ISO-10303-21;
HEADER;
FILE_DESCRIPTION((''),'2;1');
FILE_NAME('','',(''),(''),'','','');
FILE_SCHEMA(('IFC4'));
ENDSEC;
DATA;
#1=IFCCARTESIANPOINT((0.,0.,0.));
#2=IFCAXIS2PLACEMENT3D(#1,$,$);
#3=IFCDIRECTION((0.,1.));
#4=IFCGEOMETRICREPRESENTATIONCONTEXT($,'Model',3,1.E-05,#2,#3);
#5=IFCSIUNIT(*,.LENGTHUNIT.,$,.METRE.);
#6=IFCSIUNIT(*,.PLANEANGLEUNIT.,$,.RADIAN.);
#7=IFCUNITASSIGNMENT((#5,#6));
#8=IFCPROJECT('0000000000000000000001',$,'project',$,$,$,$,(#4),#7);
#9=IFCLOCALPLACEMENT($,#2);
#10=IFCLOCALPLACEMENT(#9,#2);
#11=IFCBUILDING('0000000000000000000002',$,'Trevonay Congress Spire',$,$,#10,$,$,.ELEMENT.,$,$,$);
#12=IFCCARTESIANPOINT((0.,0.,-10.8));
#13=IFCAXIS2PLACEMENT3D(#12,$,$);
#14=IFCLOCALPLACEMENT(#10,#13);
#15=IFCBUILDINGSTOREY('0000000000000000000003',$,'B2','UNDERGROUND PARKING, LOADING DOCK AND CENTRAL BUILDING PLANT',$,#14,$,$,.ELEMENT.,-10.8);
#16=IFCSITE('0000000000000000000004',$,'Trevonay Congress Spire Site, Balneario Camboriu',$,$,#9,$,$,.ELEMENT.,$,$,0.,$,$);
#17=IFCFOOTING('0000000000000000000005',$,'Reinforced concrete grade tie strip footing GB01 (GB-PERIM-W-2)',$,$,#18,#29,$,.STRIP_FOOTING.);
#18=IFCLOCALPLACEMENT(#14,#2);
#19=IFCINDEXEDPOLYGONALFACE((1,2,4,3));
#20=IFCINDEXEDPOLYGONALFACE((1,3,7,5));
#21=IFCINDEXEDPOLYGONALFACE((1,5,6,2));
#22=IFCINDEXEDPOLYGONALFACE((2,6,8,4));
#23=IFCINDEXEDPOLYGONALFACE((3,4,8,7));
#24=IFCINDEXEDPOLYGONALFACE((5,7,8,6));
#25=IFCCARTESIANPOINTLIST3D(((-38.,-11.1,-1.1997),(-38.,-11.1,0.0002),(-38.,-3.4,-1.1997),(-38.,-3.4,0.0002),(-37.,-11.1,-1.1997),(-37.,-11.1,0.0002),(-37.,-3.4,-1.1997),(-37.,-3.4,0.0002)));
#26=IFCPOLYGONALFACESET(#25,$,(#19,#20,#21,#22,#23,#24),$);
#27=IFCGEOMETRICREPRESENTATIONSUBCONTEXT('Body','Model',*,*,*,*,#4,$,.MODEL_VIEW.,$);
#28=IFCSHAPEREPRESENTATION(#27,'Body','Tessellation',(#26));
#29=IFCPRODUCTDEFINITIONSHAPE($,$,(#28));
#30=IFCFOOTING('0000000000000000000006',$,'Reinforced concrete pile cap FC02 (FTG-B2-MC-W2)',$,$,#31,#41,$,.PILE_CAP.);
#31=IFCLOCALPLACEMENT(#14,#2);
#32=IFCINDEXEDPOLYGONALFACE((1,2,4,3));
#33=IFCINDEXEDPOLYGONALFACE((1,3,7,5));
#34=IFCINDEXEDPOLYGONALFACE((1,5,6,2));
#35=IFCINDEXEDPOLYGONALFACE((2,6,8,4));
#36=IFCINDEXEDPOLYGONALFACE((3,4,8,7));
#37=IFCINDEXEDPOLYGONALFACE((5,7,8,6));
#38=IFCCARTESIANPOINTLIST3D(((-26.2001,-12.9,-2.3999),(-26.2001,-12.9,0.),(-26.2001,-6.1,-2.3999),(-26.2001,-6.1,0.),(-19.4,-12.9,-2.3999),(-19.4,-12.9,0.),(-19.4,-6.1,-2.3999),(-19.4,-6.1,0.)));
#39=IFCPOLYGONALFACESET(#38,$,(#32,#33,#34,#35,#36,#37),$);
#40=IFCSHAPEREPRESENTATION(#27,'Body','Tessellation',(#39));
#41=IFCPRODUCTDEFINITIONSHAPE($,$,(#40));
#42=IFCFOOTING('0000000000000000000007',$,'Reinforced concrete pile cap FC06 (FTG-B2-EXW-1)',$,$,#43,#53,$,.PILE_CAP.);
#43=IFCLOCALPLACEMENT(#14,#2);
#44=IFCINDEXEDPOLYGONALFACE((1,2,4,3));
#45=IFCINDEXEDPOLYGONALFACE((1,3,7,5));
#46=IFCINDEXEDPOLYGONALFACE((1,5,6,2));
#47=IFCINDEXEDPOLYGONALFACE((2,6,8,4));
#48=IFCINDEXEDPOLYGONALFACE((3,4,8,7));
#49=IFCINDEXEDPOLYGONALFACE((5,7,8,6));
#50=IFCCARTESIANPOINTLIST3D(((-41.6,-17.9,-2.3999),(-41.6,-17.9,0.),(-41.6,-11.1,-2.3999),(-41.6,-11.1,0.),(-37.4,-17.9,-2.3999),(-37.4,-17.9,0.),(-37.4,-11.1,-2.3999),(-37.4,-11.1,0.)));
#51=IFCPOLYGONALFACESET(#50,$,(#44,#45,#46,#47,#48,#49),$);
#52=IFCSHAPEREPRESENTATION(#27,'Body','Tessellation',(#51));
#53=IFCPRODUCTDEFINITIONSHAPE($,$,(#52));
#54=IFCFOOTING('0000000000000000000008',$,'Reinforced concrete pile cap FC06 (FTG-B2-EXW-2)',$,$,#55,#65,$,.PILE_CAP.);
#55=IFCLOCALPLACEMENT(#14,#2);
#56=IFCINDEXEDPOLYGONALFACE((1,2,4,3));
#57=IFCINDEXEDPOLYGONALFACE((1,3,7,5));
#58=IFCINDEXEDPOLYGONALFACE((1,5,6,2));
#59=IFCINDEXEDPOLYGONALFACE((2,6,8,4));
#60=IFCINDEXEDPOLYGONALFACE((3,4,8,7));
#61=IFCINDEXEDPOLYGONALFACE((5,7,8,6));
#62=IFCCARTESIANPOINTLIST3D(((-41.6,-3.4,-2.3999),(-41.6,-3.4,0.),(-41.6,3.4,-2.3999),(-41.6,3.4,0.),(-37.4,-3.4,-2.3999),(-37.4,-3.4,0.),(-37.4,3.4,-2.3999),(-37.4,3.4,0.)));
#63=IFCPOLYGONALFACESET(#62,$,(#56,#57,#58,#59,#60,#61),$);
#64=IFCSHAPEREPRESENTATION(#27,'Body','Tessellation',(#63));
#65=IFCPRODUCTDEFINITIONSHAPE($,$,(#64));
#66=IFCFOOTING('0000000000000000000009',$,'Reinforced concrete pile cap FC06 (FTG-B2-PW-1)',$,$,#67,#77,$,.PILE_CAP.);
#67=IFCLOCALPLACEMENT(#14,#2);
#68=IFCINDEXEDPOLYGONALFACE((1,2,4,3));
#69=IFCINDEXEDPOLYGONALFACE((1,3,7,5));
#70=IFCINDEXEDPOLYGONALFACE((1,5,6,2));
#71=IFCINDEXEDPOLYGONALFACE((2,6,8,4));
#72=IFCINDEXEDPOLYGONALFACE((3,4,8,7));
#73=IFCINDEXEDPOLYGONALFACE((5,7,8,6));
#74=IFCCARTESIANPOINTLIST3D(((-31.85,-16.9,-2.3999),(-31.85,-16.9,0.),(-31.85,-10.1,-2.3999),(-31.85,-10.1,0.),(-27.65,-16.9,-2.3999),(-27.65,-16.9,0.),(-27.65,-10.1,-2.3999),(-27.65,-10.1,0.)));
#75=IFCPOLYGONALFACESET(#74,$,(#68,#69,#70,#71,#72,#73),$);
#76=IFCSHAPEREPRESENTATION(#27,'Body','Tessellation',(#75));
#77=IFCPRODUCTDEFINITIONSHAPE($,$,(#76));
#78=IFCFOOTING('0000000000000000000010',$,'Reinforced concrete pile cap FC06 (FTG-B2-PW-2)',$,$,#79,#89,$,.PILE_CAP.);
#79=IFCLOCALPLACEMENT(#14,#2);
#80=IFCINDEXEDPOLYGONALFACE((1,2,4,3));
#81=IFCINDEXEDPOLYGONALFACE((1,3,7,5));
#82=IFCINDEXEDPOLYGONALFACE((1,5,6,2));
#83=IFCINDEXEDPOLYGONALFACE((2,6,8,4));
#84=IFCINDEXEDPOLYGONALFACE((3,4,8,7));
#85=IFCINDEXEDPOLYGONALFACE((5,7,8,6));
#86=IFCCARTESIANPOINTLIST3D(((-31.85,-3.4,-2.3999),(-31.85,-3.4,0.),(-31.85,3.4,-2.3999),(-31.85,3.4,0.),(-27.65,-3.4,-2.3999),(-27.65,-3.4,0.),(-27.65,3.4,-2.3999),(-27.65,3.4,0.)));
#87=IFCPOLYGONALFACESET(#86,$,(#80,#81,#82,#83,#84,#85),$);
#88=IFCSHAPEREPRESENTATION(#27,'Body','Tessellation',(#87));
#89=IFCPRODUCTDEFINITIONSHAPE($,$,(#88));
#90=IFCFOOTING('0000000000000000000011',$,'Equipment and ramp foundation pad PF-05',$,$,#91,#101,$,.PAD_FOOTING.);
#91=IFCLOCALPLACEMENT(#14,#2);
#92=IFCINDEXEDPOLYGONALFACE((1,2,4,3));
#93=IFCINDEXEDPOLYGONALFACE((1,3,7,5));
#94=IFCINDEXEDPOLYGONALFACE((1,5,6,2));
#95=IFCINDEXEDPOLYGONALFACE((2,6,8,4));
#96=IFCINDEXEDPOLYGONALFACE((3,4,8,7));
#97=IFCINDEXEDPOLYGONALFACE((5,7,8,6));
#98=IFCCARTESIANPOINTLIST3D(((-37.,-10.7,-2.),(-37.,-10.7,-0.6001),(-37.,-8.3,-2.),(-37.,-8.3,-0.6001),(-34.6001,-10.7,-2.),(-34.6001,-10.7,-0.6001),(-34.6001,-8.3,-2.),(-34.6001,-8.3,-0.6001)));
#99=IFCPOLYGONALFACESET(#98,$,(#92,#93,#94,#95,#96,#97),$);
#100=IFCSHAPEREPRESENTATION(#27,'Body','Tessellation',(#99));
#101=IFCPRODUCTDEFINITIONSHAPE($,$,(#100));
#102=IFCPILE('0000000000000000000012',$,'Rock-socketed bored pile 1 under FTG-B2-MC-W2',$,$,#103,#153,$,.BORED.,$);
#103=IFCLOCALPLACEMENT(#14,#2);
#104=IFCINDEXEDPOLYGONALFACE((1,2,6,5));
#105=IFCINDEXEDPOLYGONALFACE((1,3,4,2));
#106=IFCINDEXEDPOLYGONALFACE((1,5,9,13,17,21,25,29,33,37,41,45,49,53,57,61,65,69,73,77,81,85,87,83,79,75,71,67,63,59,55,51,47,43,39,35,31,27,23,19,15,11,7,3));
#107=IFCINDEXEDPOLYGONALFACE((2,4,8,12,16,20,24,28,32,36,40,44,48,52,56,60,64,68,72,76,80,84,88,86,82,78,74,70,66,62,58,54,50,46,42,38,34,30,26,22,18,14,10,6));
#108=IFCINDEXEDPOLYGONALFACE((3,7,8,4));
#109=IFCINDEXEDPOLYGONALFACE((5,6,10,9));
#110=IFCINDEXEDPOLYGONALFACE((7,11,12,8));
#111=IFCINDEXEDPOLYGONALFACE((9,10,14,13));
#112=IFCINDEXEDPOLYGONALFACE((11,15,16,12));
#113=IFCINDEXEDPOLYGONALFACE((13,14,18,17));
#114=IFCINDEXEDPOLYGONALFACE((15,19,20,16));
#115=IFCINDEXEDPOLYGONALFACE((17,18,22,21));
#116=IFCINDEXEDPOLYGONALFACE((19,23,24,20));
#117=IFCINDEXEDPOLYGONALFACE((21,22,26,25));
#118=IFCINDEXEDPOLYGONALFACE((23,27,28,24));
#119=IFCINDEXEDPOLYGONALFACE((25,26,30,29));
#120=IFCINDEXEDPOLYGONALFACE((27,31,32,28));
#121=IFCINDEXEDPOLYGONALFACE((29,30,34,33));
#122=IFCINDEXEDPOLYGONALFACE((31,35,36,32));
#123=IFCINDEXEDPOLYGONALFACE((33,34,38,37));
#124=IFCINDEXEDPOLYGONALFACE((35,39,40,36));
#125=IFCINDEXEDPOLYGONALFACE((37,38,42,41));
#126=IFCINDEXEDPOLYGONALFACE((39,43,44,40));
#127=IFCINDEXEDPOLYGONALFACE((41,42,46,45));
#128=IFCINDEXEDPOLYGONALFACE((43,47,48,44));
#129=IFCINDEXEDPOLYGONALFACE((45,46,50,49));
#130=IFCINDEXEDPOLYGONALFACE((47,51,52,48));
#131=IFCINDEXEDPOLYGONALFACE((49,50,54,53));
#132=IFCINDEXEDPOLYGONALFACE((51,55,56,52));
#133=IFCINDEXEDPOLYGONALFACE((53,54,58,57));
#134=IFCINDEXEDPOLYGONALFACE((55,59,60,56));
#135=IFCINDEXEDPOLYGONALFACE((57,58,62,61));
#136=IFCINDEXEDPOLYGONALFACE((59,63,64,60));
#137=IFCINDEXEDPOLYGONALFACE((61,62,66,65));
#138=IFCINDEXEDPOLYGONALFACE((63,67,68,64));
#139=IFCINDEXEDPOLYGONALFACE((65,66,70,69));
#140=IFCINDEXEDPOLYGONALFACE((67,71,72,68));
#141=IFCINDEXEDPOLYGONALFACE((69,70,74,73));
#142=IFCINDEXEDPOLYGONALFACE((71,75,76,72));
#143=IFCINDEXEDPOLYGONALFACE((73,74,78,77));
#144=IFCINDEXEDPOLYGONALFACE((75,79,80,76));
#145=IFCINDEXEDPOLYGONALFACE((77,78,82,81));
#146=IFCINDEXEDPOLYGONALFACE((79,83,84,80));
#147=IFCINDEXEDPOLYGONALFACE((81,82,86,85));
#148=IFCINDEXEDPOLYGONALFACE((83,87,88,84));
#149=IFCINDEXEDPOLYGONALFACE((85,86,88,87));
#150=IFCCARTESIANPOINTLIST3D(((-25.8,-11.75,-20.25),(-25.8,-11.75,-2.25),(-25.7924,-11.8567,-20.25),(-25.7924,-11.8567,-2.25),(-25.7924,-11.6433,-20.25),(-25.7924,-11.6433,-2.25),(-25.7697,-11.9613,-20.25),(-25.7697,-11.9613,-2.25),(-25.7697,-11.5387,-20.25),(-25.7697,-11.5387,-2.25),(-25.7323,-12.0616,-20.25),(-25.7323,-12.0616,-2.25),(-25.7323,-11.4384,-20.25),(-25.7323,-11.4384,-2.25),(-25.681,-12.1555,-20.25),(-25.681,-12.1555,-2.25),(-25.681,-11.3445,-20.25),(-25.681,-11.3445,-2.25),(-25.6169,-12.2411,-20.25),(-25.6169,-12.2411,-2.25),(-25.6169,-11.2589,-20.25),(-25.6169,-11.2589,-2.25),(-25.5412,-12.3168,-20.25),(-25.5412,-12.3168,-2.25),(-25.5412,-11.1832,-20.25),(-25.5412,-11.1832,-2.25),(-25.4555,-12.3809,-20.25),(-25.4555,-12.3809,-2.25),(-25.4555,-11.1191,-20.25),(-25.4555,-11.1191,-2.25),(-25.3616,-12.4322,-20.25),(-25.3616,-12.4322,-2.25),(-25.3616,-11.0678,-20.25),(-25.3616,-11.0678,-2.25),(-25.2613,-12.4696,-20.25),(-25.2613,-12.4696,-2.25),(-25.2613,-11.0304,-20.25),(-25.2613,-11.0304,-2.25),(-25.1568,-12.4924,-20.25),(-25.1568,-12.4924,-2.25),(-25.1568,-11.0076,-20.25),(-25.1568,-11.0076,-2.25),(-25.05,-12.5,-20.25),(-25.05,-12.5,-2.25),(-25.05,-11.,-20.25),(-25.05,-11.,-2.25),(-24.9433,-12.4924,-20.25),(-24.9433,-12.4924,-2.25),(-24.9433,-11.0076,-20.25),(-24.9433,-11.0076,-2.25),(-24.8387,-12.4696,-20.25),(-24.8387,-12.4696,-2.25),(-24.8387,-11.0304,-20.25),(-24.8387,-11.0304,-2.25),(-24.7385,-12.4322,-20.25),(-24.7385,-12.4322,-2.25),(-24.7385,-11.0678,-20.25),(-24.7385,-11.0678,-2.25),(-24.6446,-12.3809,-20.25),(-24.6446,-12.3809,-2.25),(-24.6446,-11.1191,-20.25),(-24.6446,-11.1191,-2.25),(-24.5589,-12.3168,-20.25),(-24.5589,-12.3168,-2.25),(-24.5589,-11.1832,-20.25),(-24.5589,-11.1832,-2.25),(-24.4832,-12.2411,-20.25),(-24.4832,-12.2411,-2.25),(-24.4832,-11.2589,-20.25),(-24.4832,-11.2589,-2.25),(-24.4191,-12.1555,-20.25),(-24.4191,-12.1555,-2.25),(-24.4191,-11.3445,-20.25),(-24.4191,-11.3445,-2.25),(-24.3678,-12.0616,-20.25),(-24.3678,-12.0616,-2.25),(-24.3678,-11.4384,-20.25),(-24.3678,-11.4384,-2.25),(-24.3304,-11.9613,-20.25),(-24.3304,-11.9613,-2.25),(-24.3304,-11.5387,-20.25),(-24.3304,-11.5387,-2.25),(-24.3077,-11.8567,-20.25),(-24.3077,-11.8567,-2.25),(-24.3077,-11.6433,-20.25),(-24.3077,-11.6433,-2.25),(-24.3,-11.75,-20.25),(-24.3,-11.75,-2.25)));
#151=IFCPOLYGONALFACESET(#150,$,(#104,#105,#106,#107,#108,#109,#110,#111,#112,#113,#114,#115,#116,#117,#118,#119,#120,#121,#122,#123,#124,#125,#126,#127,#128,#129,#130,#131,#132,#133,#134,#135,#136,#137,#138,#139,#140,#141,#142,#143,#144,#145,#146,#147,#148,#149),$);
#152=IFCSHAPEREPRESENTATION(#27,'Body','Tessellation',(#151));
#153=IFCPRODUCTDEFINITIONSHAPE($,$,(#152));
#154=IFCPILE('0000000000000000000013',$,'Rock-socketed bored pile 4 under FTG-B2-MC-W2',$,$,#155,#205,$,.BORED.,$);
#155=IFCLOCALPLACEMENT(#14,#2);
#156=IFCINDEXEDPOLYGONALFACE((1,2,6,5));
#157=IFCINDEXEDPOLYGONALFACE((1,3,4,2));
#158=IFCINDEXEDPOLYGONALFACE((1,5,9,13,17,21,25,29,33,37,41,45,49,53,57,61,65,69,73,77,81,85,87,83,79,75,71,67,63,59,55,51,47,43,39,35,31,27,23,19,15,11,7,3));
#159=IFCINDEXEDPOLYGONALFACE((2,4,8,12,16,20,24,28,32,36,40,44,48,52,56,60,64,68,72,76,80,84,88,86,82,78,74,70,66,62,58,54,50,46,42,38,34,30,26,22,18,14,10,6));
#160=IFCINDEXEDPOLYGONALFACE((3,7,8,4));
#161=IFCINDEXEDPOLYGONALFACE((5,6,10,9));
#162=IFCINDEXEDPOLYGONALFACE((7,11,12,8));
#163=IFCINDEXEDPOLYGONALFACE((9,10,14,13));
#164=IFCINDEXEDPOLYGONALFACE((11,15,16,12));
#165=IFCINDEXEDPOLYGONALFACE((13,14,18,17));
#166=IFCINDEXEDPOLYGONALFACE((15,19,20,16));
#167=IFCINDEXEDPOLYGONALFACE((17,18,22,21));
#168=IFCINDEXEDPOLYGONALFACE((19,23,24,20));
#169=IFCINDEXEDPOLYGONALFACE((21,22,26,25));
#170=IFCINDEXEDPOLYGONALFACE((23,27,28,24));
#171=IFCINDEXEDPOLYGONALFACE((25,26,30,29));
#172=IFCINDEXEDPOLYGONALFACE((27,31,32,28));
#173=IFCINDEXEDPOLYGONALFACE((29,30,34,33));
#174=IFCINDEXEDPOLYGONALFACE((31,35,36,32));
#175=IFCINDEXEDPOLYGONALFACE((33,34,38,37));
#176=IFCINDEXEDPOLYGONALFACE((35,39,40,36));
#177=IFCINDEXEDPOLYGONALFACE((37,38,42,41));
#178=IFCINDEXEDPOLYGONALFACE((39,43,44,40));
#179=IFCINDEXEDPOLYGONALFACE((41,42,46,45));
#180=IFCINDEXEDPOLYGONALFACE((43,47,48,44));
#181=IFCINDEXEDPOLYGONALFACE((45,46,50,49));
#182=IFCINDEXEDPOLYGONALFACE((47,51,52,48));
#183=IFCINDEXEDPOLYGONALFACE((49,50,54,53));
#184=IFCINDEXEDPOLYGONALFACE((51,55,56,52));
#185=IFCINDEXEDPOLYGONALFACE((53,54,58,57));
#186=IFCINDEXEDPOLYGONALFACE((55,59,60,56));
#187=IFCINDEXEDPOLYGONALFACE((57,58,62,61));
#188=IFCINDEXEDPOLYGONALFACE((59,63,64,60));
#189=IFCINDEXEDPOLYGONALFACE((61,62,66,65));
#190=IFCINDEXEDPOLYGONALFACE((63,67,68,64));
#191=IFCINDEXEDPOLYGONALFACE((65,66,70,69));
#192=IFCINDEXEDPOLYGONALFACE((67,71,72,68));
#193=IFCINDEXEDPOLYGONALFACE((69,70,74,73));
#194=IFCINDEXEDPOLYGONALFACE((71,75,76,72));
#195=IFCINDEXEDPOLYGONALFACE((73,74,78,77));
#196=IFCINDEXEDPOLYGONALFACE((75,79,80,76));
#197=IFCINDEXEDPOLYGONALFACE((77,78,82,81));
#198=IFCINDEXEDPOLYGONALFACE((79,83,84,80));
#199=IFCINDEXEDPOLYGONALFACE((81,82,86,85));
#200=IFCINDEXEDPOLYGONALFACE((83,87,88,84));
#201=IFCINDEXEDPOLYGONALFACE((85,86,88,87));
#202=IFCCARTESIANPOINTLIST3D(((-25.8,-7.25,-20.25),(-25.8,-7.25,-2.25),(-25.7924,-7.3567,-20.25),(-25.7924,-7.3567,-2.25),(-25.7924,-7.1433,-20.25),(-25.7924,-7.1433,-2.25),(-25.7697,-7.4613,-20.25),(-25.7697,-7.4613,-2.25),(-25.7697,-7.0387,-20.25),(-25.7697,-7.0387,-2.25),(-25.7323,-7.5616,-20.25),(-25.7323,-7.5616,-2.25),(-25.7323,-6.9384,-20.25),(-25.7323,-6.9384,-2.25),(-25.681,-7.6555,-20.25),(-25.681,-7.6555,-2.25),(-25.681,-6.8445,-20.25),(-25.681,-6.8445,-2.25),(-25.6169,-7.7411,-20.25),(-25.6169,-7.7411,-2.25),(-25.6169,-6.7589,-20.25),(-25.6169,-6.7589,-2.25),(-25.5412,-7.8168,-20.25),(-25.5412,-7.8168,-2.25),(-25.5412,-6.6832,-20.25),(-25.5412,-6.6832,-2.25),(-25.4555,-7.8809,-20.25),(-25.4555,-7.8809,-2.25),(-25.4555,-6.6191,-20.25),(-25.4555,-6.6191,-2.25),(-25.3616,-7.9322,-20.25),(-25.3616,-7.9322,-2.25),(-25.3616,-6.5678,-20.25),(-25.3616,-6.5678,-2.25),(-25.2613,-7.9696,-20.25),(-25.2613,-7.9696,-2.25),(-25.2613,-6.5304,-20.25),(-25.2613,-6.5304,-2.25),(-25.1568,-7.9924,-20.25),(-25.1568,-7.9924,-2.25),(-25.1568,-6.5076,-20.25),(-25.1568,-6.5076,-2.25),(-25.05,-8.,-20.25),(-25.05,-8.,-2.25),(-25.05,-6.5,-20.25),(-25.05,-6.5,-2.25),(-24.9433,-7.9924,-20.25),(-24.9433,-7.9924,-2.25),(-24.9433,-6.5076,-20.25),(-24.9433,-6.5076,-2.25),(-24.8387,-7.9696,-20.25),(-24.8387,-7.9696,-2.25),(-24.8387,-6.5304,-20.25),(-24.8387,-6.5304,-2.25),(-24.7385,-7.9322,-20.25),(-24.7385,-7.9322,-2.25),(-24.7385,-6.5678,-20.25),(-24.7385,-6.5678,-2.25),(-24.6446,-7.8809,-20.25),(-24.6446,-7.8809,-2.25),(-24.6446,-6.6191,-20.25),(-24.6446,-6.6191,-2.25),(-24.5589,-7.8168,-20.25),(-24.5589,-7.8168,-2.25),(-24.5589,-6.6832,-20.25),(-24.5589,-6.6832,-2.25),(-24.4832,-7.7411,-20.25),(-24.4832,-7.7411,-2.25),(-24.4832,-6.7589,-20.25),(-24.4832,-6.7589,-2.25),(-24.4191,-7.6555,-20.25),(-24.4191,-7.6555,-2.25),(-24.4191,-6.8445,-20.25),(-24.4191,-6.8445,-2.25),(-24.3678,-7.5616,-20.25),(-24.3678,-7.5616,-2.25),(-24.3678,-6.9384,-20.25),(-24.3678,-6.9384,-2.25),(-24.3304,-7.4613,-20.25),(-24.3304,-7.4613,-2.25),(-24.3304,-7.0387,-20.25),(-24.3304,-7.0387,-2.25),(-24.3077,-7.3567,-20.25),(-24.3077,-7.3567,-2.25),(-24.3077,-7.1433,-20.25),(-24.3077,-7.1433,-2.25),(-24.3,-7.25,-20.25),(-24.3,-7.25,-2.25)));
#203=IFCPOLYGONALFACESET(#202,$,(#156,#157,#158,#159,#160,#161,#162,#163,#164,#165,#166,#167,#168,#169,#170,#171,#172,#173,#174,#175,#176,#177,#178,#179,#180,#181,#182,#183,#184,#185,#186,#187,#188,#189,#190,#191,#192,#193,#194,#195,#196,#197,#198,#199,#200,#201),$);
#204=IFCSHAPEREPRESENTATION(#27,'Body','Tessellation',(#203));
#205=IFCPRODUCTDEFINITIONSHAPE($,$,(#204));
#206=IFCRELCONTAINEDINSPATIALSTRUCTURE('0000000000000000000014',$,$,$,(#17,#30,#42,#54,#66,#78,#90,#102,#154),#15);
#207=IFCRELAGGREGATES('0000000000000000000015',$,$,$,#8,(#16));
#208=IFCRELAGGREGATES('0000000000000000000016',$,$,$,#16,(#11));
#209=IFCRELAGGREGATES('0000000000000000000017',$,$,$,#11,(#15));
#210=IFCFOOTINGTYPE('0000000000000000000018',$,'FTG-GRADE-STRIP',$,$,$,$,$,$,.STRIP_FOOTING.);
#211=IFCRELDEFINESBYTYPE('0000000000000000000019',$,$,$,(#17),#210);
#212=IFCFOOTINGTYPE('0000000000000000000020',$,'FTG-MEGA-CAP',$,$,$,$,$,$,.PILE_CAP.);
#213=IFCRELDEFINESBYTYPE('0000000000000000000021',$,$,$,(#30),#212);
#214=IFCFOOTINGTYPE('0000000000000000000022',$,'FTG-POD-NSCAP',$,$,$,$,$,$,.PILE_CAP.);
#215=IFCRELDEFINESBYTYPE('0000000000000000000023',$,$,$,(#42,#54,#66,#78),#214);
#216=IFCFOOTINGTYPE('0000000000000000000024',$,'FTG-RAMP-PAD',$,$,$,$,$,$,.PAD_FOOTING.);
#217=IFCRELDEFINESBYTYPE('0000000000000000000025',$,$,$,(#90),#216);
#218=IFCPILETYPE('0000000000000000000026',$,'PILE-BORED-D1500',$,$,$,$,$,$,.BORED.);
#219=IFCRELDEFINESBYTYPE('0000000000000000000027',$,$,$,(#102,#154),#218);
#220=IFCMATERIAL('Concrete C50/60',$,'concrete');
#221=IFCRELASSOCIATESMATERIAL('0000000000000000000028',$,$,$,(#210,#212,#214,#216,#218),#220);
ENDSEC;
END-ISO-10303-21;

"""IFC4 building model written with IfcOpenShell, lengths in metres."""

from ifc_helpers import new_model, si_unit, direction, frame, origin, origin_2d, place, context, subcontext, project, spatial, rectangle, circle, extrude, material, material_profile, profile_set, type_object, element, save


model = new_model("IFC4")

# Units and contexts
model_context = context("Model", 3, precision=1e-05, world=origin(), true_north=direction((0.0, 1.0)))
body_context = subcontext(model_context, "Body", "Model", "MODEL_VIEW")
ifc_project = project(units=[si_unit("LENGTHUNIT", "METRE"), si_unit("PLANEANGLEUNIT", "RADIAN")], contexts=[model_context])

# Site, building, storey
site_placement = place(None, origin())
site = spatial("IfcSite", under=ifc_project, at=site_placement, Name="Trevonay Congress Spire Site, Balneario Camboriu", CompositionType="ELEMENT", RefElevation=0.0)
building_placement = place(site_placement, origin())
building = spatial("IfcBuilding", under=site, at=building_placement, Name="Trevonay Congress Spire", CompositionType="ELEMENT")
storey_placement = place(building_placement, frame((0.0, 0.0, -10.8)))
storey = spatial("IfcBuildingStorey", under=building, at=storey_placement, Name="B2", Description="UNDERGROUND PARKING, LOADING DOCK AND CENTRAL BUILDING PLANT", CompositionType="ELEMENT", Elevation=-10.8)

# Footings
ifc_material_1 = material(Name="Concrete C50/60", Category="concrete")
footing_type_1 = type_object("IfcFootingType", Name="FTG-GRADE-STRIP", PredefinedType="STRIP_FOOTING", material=ifc_material_1)
footing_1_placement = place(storey_placement, frame((-37.5, -7.25, -1.1997), z_axis=(0.0, 0.0, 1.0), x_axis=(0.0, 1.0, 0.0)))
element("IfcFooting", 1, at=footing_1_placement, inside=storey, type_object=footing_type_1, Name="Reinforced concrete grade tie strip footing GB01 (GB-PERIM-W-2)", PredefinedType="STRIP_FOOTING", context=body_context, shape_type="SweptSolid", body=[
    extrude(rectangle(XDim=7.7, YDim=1.0, at=origin_2d()), origin(), (0.0, 0.0, 1.0), 1.2),
])
footing_type_2 = type_object("IfcFootingType", Name="FTG-MEGA-CAP", PredefinedType="PILE_CAP", material=ifc_material_1)
footing_2_placement = place(storey_placement, frame((-22.8, -9.5, -2.3999), z_axis=(0.0, 0.0, 1.0), x_axis=(1.0, 0.0, 0.0)))
element("IfcFooting", 2, at=footing_2_placement, inside=storey, type_object=footing_type_2, Name="Reinforced concrete pile cap FC02 (FTG-B2-MC-W2)", PredefinedType="PILE_CAP", context=body_context, shape_type="SweptSolid", body=[
    extrude(rectangle(XDim=6.8, YDim=6.8, at=origin_2d()), origin(), (0.0, 0.0, 1.0), 2.3999),
])
footing_type_3 = type_object("IfcFootingType", Name="FTG-POD-NSCAP", PredefinedType="PILE_CAP", material=ifc_material_1)
for number, where, z_axis, x_axis, name in (
    (3, (-39.5, -14.5, -2.3999), (0.0, 0.0, 1.0), (1.0, 0.0, 0.0), "Reinforced concrete pile cap FC06 (FTG-B2-EXW-1)"),
    (4, (-39.5, 0.0, -2.3999), (0.0, 0.0, 1.0), (1.0, 0.0, 0.0), "Reinforced concrete pile cap FC06 (FTG-B2-EXW-2)"),
    (5, (-29.75, -13.5, -2.3999), (0.0, 0.0, 1.0), (1.0, 0.0, 0.0), "Reinforced concrete pile cap FC06 (FTG-B2-PW-1)"),
    (6, (-29.75, 0.0, -2.3999), (0.0, 0.0, 1.0), (1.0, 0.0, 0.0), "Reinforced concrete pile cap FC06 (FTG-B2-PW-2)"),
):
    element("IfcFooting", number, at=place(storey_placement, frame(where, z_axis=z_axis, x_axis=x_axis)), inside=storey, type_object=footing_type_3, Name=name, PredefinedType="PILE_CAP", context=body_context, shape_type="SweptSolid", body=[
        extrude(rectangle(XDim=4.2, YDim=6.8, at=origin_2d()), origin(), (0.0, 0.0, 1.0), 2.3999),
    ])
footing_type_4 = type_object("IfcFootingType", Name="FTG-RAMP-PAD", PredefinedType="PAD_FOOTING", material=ifc_material_1)
footing_3_placement = place(storey_placement, frame((-35.8, -9.5, -2.0), z_axis=(0.0, 0.0, 1.0), x_axis=(1.0, 0.0, 0.0)))
element("IfcFooting", 7, at=footing_3_placement, inside=storey, type_object=footing_type_4, Name="Equipment and ramp foundation pad PF-05", PredefinedType="PAD_FOOTING", context=body_context, shape_type="SweptSolid", body=[
    extrude(rectangle(XDim=2.3999, YDim=2.3999, at=origin_2d()), origin(), (0.0, 0.0, 1.0), 1.3999),
])

# Piles
ifc_material_profile_1 = material_profile(ifc_material_1, circle(Radius=0.75, at=origin_2d()), Name="PILE D1500")
ifc_profile_set_1 = profile_set([ifc_material_profile_1], Name="Concrete C50/60")
pile_type = type_object("IfcPileType", Name="PILE-BORED-D1500", PredefinedType="BORED", material=ifc_profile_set_1)
for number, where, z_axis, x_axis, name in (
    (8, (-25.05, -11.75, -2.25), (0.0, 0.0, -1.0), (1.0, 0.0, 0.0), "Rock-socketed bored pile 1 under FTG-B2-MC-W2"),
    (9, (-25.05, -7.25, -2.25), (0.0, 0.0, -1.0), (1.0, 0.0, 0.0), "Rock-socketed bored pile 4 under FTG-B2-MC-W2"),
):
    element("IfcPile", number, at=place(storey_placement, frame(where, z_axis=z_axis, x_axis=x_axis)), inside=storey, type_object=pile_type, Name=name, PredefinedType="BORED", context=body_context, shape_type="SweptSolid", body=[
        extrude(circle(Radius=0.75, at=origin_2d()), origin(), (0.0, 0.0, 1.0), 18.0),
    ])

save(model, "model.ifc")
